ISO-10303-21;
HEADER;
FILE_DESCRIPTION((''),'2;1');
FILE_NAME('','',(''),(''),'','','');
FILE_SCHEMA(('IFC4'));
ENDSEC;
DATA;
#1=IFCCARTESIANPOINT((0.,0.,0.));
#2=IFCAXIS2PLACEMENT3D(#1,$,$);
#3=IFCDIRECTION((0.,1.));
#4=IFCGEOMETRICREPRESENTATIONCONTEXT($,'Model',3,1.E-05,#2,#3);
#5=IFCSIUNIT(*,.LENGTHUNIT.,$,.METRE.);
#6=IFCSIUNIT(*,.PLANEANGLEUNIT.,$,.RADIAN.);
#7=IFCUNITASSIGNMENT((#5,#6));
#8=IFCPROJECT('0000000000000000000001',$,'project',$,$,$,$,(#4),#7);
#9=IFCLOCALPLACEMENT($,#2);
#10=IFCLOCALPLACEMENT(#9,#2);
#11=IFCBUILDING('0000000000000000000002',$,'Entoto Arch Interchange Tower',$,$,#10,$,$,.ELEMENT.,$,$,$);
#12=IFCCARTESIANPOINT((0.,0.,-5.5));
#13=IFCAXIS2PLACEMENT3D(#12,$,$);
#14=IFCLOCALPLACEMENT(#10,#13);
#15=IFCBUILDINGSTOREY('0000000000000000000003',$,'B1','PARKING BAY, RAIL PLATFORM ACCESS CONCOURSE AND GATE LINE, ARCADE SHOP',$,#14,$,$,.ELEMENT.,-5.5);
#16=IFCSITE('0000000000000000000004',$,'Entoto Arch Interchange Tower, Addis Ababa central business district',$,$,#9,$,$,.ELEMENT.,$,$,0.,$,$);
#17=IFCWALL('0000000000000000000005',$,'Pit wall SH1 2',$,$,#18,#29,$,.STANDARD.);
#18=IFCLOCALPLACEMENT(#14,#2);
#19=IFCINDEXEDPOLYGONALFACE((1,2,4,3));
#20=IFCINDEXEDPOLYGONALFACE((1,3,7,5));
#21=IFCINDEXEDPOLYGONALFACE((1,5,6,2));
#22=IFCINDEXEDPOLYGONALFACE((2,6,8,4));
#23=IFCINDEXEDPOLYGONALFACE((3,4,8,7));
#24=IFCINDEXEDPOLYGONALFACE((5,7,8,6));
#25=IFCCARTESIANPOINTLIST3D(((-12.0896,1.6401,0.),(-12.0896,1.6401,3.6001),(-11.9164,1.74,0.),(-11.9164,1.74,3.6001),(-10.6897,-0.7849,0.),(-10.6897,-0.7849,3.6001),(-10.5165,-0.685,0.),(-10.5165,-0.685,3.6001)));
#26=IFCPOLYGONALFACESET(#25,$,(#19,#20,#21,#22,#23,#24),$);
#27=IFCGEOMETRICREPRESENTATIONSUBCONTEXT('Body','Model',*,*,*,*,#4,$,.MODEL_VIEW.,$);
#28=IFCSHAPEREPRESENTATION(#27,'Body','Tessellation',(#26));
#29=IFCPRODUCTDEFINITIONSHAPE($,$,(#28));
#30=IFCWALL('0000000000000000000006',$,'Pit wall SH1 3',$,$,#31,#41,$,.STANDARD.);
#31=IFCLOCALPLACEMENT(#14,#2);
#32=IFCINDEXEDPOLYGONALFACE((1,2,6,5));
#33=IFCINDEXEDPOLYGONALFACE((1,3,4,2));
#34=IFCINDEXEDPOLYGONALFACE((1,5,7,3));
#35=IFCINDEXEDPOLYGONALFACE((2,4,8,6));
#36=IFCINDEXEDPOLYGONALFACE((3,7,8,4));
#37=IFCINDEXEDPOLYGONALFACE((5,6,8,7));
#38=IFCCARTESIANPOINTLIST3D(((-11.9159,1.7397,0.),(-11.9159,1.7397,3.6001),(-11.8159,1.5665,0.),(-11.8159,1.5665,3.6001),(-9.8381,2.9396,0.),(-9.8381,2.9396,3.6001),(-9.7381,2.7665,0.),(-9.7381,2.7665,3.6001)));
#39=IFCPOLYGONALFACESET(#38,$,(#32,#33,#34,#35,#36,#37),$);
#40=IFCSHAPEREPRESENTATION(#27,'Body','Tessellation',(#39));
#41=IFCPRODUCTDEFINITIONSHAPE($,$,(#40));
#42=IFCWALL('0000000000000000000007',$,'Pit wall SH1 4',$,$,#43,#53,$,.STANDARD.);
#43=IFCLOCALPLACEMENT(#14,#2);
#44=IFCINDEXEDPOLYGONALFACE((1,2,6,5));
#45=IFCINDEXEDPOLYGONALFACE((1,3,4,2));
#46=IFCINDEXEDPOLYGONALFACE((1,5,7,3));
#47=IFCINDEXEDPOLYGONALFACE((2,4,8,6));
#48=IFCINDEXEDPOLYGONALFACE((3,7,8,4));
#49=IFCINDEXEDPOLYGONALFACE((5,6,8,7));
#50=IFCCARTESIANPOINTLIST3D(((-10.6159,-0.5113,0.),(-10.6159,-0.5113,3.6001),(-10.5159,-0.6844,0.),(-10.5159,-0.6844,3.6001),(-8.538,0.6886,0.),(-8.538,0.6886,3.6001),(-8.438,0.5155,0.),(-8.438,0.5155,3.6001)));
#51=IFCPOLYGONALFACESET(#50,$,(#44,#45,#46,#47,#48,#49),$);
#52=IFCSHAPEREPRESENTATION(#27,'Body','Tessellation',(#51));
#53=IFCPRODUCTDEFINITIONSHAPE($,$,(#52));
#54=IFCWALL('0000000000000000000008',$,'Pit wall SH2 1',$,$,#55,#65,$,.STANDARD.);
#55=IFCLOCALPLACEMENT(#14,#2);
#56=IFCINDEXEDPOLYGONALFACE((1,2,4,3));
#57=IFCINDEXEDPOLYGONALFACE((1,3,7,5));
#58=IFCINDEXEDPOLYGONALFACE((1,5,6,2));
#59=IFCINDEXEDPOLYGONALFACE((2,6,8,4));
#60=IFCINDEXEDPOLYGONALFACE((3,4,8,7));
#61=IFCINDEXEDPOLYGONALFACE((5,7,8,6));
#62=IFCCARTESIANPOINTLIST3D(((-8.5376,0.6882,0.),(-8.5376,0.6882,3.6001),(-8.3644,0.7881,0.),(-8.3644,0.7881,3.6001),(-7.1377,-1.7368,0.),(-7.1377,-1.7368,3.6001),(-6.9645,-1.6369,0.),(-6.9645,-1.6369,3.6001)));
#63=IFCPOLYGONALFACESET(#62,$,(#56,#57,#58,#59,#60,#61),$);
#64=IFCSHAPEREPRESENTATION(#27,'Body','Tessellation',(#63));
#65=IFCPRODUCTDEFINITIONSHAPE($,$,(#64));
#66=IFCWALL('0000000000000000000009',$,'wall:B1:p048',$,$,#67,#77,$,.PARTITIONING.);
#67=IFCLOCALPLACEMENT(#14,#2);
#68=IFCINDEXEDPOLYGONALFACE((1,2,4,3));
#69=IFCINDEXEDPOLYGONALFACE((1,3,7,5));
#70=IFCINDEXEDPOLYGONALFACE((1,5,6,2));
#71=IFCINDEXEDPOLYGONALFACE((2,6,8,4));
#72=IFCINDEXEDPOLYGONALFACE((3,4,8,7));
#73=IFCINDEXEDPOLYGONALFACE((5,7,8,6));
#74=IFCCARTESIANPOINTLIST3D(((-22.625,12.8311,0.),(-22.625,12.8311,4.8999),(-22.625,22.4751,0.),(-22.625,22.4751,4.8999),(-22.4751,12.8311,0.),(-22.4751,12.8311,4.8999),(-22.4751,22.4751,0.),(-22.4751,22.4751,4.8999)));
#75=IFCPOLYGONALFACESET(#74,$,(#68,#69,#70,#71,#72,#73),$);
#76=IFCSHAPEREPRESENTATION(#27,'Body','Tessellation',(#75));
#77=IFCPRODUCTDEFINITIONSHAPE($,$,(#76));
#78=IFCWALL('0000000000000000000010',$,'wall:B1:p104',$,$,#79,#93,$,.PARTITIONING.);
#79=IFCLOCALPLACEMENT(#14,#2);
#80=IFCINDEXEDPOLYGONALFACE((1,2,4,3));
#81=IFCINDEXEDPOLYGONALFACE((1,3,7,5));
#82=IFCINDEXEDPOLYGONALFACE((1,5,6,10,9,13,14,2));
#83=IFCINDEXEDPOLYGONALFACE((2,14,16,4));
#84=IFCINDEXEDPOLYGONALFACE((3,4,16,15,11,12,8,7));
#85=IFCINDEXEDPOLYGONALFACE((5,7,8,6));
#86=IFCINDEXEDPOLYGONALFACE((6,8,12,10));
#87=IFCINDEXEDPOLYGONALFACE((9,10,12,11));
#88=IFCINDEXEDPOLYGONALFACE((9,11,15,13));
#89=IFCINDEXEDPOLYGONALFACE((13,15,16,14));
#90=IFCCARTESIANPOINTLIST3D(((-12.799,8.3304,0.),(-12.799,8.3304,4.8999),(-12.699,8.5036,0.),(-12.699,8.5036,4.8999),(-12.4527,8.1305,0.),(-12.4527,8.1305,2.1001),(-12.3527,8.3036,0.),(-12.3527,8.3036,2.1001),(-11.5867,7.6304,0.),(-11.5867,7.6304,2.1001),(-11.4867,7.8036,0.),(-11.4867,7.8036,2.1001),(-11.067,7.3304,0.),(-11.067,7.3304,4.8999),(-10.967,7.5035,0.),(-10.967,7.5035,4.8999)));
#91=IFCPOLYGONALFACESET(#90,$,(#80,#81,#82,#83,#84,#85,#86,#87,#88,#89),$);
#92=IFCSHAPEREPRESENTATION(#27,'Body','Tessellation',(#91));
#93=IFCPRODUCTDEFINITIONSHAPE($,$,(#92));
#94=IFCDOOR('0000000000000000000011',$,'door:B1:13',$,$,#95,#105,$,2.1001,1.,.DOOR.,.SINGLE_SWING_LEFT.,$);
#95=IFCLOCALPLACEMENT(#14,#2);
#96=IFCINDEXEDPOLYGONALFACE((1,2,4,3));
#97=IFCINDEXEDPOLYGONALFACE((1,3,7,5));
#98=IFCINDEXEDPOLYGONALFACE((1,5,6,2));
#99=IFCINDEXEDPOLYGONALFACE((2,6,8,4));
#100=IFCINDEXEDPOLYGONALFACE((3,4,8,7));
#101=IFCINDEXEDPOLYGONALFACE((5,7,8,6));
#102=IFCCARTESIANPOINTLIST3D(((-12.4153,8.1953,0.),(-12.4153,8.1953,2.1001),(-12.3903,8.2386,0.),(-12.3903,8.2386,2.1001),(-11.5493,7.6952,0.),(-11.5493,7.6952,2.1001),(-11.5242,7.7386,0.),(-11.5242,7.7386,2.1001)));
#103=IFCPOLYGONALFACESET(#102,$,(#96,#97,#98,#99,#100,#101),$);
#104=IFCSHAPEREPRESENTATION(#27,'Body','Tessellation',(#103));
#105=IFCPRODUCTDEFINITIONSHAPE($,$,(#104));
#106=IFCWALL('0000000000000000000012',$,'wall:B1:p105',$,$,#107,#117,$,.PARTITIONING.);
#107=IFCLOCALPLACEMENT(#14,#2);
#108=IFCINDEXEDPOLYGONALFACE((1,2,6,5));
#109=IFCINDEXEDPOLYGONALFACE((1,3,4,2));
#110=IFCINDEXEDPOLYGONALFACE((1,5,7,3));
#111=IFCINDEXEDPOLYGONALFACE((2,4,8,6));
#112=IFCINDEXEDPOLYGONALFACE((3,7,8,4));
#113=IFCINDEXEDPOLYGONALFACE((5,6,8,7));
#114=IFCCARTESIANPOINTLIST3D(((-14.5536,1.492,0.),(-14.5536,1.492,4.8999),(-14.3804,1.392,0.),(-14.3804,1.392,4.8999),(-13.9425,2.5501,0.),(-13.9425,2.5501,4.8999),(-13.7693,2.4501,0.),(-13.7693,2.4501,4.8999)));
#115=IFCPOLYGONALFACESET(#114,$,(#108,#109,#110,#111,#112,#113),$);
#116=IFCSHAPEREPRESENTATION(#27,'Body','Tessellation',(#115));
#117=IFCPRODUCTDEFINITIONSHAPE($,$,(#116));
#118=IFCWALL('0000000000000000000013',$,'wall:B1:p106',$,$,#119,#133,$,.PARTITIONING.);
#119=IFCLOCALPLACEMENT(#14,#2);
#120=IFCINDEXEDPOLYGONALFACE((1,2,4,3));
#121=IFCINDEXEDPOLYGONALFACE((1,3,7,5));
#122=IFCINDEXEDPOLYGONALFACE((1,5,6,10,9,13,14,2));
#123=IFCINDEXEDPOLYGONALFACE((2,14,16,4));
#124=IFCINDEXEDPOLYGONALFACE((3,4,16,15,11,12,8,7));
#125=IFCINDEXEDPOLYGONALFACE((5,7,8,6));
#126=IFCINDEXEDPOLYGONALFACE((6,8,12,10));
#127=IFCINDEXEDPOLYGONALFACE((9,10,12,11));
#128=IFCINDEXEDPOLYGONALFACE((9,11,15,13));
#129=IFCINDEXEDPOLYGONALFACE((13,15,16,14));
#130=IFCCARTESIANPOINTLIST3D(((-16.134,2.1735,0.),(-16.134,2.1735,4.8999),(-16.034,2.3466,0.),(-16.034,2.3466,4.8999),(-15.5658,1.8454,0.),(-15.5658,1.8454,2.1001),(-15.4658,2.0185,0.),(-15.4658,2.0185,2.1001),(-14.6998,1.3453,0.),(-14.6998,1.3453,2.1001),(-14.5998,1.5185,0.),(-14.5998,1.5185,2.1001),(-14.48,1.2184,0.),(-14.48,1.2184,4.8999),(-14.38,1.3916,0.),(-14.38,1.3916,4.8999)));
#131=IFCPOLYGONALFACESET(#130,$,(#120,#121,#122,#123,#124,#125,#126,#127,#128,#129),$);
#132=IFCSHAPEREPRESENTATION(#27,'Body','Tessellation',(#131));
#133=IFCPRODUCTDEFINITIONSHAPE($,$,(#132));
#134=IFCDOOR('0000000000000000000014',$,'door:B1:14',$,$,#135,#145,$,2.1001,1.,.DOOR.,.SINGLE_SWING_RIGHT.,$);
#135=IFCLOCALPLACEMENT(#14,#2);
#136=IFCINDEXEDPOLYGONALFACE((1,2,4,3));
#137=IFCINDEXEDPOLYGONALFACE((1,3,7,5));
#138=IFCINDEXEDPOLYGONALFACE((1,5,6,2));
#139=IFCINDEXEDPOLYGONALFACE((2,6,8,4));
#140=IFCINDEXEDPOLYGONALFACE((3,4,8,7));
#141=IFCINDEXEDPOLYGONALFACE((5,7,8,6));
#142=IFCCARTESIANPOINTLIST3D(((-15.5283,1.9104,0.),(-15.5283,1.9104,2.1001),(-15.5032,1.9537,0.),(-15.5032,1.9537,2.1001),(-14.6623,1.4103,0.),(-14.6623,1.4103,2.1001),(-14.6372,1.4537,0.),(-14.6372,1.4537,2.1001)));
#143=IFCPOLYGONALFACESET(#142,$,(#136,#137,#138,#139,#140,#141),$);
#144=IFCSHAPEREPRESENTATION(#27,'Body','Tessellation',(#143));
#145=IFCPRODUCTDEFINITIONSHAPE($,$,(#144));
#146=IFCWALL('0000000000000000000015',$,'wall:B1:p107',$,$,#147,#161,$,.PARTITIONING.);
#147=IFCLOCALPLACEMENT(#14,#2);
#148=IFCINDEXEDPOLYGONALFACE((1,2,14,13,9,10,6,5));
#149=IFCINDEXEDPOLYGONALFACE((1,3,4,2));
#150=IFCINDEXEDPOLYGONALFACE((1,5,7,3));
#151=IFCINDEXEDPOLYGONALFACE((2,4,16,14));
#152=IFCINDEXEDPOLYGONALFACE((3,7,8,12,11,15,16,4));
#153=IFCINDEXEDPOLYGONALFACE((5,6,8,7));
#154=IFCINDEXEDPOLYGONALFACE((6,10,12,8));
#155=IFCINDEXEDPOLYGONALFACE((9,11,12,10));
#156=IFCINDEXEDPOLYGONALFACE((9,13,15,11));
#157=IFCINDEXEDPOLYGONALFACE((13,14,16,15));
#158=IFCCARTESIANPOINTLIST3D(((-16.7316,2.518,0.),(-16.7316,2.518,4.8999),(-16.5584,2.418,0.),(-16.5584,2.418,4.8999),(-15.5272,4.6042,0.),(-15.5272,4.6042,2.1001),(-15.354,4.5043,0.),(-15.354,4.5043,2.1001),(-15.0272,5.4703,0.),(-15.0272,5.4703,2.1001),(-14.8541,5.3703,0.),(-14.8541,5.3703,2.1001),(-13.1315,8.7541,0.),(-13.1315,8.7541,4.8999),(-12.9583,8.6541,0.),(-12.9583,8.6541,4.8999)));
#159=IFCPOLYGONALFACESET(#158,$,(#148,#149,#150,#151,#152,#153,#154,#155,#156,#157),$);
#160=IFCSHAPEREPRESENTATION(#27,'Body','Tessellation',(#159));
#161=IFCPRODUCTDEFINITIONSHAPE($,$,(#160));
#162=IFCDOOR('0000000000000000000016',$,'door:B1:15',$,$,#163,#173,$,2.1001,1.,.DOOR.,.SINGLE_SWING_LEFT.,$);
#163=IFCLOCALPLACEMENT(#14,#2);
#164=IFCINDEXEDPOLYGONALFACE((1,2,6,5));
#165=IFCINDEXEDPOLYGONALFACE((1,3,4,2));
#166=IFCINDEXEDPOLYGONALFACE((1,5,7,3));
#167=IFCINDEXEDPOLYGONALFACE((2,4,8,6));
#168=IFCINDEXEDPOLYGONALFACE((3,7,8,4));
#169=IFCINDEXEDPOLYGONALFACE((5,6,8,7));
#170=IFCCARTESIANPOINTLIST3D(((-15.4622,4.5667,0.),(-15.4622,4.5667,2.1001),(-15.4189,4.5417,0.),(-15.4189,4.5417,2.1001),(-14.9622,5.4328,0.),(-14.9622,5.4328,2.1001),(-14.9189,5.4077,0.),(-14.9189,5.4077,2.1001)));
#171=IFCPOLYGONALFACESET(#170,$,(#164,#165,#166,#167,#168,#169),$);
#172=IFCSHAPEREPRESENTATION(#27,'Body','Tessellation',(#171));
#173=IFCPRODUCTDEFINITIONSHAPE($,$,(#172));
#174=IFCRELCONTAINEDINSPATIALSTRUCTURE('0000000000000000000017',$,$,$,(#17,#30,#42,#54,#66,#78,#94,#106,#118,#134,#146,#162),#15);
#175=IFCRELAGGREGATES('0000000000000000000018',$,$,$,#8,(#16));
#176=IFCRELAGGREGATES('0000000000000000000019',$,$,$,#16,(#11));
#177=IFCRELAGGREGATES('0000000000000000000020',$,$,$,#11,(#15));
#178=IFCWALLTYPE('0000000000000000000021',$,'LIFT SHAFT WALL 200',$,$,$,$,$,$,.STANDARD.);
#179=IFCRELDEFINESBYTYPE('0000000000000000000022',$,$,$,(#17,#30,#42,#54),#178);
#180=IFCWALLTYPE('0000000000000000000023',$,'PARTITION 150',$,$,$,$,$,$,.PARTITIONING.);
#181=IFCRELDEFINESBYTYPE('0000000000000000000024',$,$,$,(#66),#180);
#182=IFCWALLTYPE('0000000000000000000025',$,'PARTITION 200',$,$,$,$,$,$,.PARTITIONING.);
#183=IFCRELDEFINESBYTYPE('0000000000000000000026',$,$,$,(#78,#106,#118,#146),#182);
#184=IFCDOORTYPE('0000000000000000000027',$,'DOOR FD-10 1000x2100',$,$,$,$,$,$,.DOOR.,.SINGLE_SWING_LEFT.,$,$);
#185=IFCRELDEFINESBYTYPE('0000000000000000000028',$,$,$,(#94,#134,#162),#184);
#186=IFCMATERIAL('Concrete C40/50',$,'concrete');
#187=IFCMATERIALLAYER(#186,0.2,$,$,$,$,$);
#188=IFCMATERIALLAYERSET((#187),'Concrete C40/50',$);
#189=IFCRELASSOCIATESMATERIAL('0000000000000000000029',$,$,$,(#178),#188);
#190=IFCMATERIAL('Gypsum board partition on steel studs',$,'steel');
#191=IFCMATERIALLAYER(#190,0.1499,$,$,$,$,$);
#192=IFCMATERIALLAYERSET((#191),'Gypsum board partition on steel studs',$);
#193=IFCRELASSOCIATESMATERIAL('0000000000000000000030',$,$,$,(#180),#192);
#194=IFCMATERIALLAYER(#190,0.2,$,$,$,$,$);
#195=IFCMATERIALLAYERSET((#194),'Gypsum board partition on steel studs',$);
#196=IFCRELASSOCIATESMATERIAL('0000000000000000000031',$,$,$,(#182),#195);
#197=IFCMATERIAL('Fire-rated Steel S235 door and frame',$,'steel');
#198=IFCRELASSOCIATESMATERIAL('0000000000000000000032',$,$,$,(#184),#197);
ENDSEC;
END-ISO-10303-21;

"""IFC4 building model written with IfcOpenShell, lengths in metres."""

from ifc_helpers import new_model, si_unit, direction, frame, frame_2d, origin, place, context, subcontext, project, spatial, rectangle, extrude, material, layer, layer_set, type_object, element, fill, save


model = new_model("IFC4")

# Units and contexts
model_context = context("Model", 3, precision=1e-05, world=origin(), true_north=direction((0.0, 1.0)))
body_context = subcontext(model_context, "Body", "Model", "MODEL_VIEW")
ifc_project = project(units=[si_unit("LENGTHUNIT", "METRE"), si_unit("PLANEANGLEUNIT", "RADIAN")], contexts=[model_context])

# Site, building, storey
site_placement = place(None, origin())
site = spatial("IfcSite", under=ifc_project, at=site_placement, Name="Entoto Arch Interchange Tower, Addis Ababa central business district", CompositionType="ELEMENT", RefElevation=0.0)
building_placement = place(site_placement, origin())
building = spatial("IfcBuilding", under=site, at=building_placement, Name="Entoto Arch Interchange Tower", CompositionType="ELEMENT")
storey_placement = place(building_placement, frame((0.0, 0.0, -5.5)))
storey = spatial("IfcBuildingStorey", under=building, at=storey_placement, Name="B1", Description="PARKING BAY, RAIL PLATFORM ACCESS CONCOURSE AND GATE LINE, ARCADE SHOP", CompositionType="ELEMENT", Elevation=-5.5)

# Shared definitions
ifc_material_1 = material(Name="Concrete C40/50", Category="concrete")

# Shared definitions
ifc_material_2 = material(Name="Fire-rated Steel S235 door and frame", Category="steel")

# Walls
ifc_layer_1 = layer(ifc_material_1, 0.2)
ifc_layer_set_1 = layer_set([ifc_layer_1], Name="Concrete C40/50")
wall_type_1 = type_object("IfcWallType", Name="LIFT SHAFT WALL 200", PredefinedType="STANDARD", material=ifc_layer_set_1)
for number, where, z_axis, x_axis, name in (
    (1, (-12.0029, 1.6899, 0.0), (0.0, 0.0, 1.0), (0.499946, -0.866056, 0.0), "Pit wall SH1 2"),
):
    element("IfcWall", number, at=place(storey_placement, frame(where, z_axis=z_axis, x_axis=x_axis)), inside=storey, type_object=wall_type_1, Name=name, PredefinedType="STANDARD", context=body_context, shape_type="SweptSolid", body=[
        extrude(rectangle(XDim=2.8, YDim=0.2, at=frame_2d((1.3999, 0.0))), origin(), (0.0, 0.0, 1.0), 3.6001),
    ])
for number, where, z_axis, x_axis, name in (
    (2, (-9.7881, 2.853, 0.0), (0.0, 0.0, 1.0), (-0.865974, -0.500089, 0.0), "Pit wall SH1 3"),
    (3, (-8.488, 0.6021, 0.0), (0.0, 0.0, 1.0), (-0.865974, -0.500089, 0.0), "Pit wall SH1 4"),
):
    element("IfcWall", number, at=place(storey_placement, frame(where, z_axis=z_axis, x_axis=x_axis)), inside=storey, type_object=wall_type_1, Name=name, PredefinedType="STANDARD", context=body_context, shape_type="SweptSolid", body=[
        extrude(rectangle(XDim=2.3994, YDim=0.2, at=frame_2d((1.1997, 0.0))), origin(), (0.0, 0.0, 1.0), 3.6001),
    ])
wall_1_placement = place(storey_placement, frame((-8.4509, 0.738, 0.0), z_axis=(0.0, 0.0, 1.0), x_axis=(0.499946, -0.866056, 0.0)))
element("IfcWall", 4, at=wall_1_placement, inside=storey, type_object=wall_type_1, Name="Pit wall SH2 1", PredefinedType="STANDARD", context=body_context, shape_type="SweptSolid", body=[
    extrude(rectangle(XDim=2.8, YDim=0.2, at=frame_2d((1.3999, 0.0))), origin(), (0.0, 0.0, 1.0), 3.6001),
])
ifc_material_3 = material(Name="Gypsum board partition on steel studs", Category="steel")
ifc_layer_2 = layer(ifc_material_3, 0.1499)
ifc_layer_set_2 = layer_set([ifc_layer_2], Name="Gypsum board partition on steel studs")
wall_type_2 = type_object("IfcWallType", Name="PARTITION 150", PredefinedType="PARTITIONING", material=ifc_layer_set_2)
wall_2_placement = place(storey_placement, frame((-22.55, 12.8311, 0.0), z_axis=(0.0, 0.0, 1.0), x_axis=(0.0, 1.0, 0.0)))
element("IfcWall", 5, at=wall_2_placement, inside=storey, type_object=wall_type_2, Name="wall:B1:p048", PredefinedType="PARTITIONING", context=body_context, shape_type="SweptSolid", body=[
    extrude(rectangle(XDim=9.644, YDim=0.1499, at=frame_2d((4.822, 0.0))), origin(), (0.0, 0.0, 1.0), 4.8999),
])

# Wall, opening, door
ifc_layer_3 = layer(ifc_material_3, 0.2)
ifc_layer_set_3 = layer_set([ifc_layer_3], Name="Gypsum board partition on steel studs")
wall_type_3 = type_object("IfcWallType", Name="PARTITION 200", PredefinedType="PARTITIONING", material=ifc_layer_set_3)
wall_3_placement = place(storey_placement, frame((-12.749, 8.417, 0.0), z_axis=(0.0, 0.0, 1.0), x_axis=(0.866011, -0.500025, 0.0)))
wall_3 = element("IfcWall", 6, at=wall_3_placement, inside=storey, type_object=wall_type_3, Name="wall:B1:p104", PredefinedType="PARTITIONING", context=body_context, shape_type="SweptSolid", body=[
    extrude(rectangle(XDim=2.0, YDim=0.2, at=frame_2d((1.0, 0.0))), origin(), (0.0, 0.0, 1.0), 4.8999),
])
opening_1_placement = place(wall_3_placement, frame((0.3999, 0.0, 0.0)))
opening_1 = element("IfcOpeningElement", 7, at=opening_1_placement, cuts=wall_3, PredefinedType="OPENING", context=body_context, shape_type="SweptSolid", body=[
    extrude(rectangle(XDim=1.0, YDim=2.1001, at=frame_2d((0.5, 1.05))), frame((0.0, 0.1099, 0.0), z_axis=(0.0, -1.0, 0.0), x_axis=(1.0, 0.0, 0.0)), (0.0, 0.0, 1.0), 0.22),
])
door_type_1 = type_object("IfcDoorType", Name="DOOR FD-10 1000x2100", OperationType="SINGLE_SWING_LEFT", PredefinedType="DOOR", material=ifc_material_2)
door_1_placement = place(opening_1_placement, origin())
door_1 = element("IfcDoor", 8, at=door_1_placement, inside=storey, type_object=door_type_1, Name="door:B1:13", OperationType="SINGLE_SWING_LEFT", OverallHeight=2.1001, OverallWidth=1.0, PredefinedType="DOOR", context=body_context, shape_type="SweptSolid", body=[
    extrude(rectangle(XDim=1.0, YDim=2.1001, at=frame_2d((0.5, 1.05))), frame((0.0, 0.0249, 0.0), z_axis=(0.0, -1.0, 0.0), x_axis=(1.0, 0.0, 0.0)), (0.0, 0.0, 1.0), 0.05),
])
fill(opening_1, door_1)

# Wall
wall_4_placement = place(storey_placement, frame((-13.856, 2.5, 0.0), z_axis=(0.0, 0.0, 1.0), x_axis=(-0.500114, -0.865959, 0.0)))
element("IfcWall", 9, at=wall_4_placement, inside=storey, type_object=wall_type_3, Name="wall:B1:p105", PredefinedType="PARTITIONING", context=body_context, shape_type="SweptSolid", body=[
    extrude(rectangle(XDim=1.2219, YDim=0.2, at=frame_2d((0.6108, 0.0))), origin(), (0.0, 0.0, 1.0), 4.8999),
])

# Walls, openings, doors
wall_5_placement = place(storey_placement, frame((-14.4299, 1.3049, 0.0), z_axis=(0.0, 0.0, 1.0), x_axis=(-0.866, 0.500043, 0.0)))
wall_5 = element("IfcWall", 10, at=wall_5_placement, inside=storey, type_object=wall_type_3, Name="wall:B1:p106", PredefinedType="PARTITIONING", context=body_context, shape_type="SweptSolid", body=[
    extrude(rectangle(XDim=1.9099, YDim=0.2, at=frame_2d((0.9551, 0.0))), origin(), (0.0, 0.0, 1.0), 4.8999),
])
opening_2_placement = place(wall_5_placement, frame((0.2539, 0.0, 0.0)))
opening_2 = element("IfcOpeningElement", 11, at=opening_2_placement, cuts=wall_5, PredefinedType="OPENING", context=body_context, shape_type="SweptSolid", body=[
    extrude(rectangle(XDim=1.0, YDim=2.1001, at=frame_2d((0.5, 1.05))), frame((0.0, 0.1099, 0.0), z_axis=(0.0, -1.0, 0.0), x_axis=(1.0, 0.0, 0.0)), (0.0, 0.0, 1.0), 0.22),
])
door_2_placement = place(opening_2_placement, origin())
door_2 = element("IfcDoor", 12, at=door_2_placement, inside=storey, type_object=door_type_1, Name="door:B1:14", OperationType="SINGLE_SWING_RIGHT", OverallHeight=2.1001, OverallWidth=1.0, PredefinedType="DOOR", context=body_context, shape_type="SweptSolid", body=[
    extrude(rectangle(XDim=1.0, YDim=2.1001, at=frame_2d((0.5, 1.05))), frame((0.0, 0.0249, 0.0), z_axis=(0.0, -1.0, 0.0), x_axis=(1.0, 0.0, 0.0)), (0.0, 0.0, 1.0), 0.05),
])
fill(opening_2, door_2)
wall_6_placement = place(storey_placement, frame((-16.645, 2.468, 0.0), z_axis=(0.0, 0.0, 1.0), x_axis=(0.499968, 0.866044, 0.0)))
wall_6 = element("IfcWall", 13, at=wall_6_placement, inside=storey, type_object=wall_type_3, Name="wall:B1:p107", PredefinedType="PARTITIONING", context=body_context, shape_type="SweptSolid", body=[
    extrude(rectangle(XDim=7.2007, YDim=0.2, at=frame_2d((3.6003, 0.0))), origin(), (0.0, 0.0, 1.0), 4.8999),
])
opening_3_placement = place(wall_6_placement, frame((2.4089, 0.0, 0.0)))
opening_3 = element("IfcOpeningElement", 14, at=opening_3_placement, cuts=wall_6, PredefinedType="OPENING", context=body_context, shape_type="SweptSolid", body=[
    extrude(rectangle(XDim=1.0, YDim=2.1001, at=frame_2d((0.5, 1.05))), frame((0.0, 0.1099, 0.0), z_axis=(0.0, -1.0, 0.0), x_axis=(1.0, 0.0, 0.0)), (0.0, 0.0, 1.0), 0.22),
])
door_3_placement = place(opening_3_placement, origin())
door_3 = element("IfcDoor", 15, at=door_3_placement, inside=storey, type_object=door_type_1, Name="door:B1:15", OperationType="SINGLE_SWING_LEFT", OverallHeight=2.1001, OverallWidth=1.0, PredefinedType="DOOR", context=body_context, shape_type="SweptSolid", body=[
    extrude(rectangle(XDim=1.0, YDim=2.1001, at=frame_2d((0.5, 1.05))), frame((0.0, 0.0249, 0.0), z_axis=(0.0, -1.0, 0.0), x_axis=(1.0, 0.0, 0.0)), (0.0, 0.0, 1.0), 0.05),
])
fill(opening_3, door_3)

save(model, "model.ifc")
